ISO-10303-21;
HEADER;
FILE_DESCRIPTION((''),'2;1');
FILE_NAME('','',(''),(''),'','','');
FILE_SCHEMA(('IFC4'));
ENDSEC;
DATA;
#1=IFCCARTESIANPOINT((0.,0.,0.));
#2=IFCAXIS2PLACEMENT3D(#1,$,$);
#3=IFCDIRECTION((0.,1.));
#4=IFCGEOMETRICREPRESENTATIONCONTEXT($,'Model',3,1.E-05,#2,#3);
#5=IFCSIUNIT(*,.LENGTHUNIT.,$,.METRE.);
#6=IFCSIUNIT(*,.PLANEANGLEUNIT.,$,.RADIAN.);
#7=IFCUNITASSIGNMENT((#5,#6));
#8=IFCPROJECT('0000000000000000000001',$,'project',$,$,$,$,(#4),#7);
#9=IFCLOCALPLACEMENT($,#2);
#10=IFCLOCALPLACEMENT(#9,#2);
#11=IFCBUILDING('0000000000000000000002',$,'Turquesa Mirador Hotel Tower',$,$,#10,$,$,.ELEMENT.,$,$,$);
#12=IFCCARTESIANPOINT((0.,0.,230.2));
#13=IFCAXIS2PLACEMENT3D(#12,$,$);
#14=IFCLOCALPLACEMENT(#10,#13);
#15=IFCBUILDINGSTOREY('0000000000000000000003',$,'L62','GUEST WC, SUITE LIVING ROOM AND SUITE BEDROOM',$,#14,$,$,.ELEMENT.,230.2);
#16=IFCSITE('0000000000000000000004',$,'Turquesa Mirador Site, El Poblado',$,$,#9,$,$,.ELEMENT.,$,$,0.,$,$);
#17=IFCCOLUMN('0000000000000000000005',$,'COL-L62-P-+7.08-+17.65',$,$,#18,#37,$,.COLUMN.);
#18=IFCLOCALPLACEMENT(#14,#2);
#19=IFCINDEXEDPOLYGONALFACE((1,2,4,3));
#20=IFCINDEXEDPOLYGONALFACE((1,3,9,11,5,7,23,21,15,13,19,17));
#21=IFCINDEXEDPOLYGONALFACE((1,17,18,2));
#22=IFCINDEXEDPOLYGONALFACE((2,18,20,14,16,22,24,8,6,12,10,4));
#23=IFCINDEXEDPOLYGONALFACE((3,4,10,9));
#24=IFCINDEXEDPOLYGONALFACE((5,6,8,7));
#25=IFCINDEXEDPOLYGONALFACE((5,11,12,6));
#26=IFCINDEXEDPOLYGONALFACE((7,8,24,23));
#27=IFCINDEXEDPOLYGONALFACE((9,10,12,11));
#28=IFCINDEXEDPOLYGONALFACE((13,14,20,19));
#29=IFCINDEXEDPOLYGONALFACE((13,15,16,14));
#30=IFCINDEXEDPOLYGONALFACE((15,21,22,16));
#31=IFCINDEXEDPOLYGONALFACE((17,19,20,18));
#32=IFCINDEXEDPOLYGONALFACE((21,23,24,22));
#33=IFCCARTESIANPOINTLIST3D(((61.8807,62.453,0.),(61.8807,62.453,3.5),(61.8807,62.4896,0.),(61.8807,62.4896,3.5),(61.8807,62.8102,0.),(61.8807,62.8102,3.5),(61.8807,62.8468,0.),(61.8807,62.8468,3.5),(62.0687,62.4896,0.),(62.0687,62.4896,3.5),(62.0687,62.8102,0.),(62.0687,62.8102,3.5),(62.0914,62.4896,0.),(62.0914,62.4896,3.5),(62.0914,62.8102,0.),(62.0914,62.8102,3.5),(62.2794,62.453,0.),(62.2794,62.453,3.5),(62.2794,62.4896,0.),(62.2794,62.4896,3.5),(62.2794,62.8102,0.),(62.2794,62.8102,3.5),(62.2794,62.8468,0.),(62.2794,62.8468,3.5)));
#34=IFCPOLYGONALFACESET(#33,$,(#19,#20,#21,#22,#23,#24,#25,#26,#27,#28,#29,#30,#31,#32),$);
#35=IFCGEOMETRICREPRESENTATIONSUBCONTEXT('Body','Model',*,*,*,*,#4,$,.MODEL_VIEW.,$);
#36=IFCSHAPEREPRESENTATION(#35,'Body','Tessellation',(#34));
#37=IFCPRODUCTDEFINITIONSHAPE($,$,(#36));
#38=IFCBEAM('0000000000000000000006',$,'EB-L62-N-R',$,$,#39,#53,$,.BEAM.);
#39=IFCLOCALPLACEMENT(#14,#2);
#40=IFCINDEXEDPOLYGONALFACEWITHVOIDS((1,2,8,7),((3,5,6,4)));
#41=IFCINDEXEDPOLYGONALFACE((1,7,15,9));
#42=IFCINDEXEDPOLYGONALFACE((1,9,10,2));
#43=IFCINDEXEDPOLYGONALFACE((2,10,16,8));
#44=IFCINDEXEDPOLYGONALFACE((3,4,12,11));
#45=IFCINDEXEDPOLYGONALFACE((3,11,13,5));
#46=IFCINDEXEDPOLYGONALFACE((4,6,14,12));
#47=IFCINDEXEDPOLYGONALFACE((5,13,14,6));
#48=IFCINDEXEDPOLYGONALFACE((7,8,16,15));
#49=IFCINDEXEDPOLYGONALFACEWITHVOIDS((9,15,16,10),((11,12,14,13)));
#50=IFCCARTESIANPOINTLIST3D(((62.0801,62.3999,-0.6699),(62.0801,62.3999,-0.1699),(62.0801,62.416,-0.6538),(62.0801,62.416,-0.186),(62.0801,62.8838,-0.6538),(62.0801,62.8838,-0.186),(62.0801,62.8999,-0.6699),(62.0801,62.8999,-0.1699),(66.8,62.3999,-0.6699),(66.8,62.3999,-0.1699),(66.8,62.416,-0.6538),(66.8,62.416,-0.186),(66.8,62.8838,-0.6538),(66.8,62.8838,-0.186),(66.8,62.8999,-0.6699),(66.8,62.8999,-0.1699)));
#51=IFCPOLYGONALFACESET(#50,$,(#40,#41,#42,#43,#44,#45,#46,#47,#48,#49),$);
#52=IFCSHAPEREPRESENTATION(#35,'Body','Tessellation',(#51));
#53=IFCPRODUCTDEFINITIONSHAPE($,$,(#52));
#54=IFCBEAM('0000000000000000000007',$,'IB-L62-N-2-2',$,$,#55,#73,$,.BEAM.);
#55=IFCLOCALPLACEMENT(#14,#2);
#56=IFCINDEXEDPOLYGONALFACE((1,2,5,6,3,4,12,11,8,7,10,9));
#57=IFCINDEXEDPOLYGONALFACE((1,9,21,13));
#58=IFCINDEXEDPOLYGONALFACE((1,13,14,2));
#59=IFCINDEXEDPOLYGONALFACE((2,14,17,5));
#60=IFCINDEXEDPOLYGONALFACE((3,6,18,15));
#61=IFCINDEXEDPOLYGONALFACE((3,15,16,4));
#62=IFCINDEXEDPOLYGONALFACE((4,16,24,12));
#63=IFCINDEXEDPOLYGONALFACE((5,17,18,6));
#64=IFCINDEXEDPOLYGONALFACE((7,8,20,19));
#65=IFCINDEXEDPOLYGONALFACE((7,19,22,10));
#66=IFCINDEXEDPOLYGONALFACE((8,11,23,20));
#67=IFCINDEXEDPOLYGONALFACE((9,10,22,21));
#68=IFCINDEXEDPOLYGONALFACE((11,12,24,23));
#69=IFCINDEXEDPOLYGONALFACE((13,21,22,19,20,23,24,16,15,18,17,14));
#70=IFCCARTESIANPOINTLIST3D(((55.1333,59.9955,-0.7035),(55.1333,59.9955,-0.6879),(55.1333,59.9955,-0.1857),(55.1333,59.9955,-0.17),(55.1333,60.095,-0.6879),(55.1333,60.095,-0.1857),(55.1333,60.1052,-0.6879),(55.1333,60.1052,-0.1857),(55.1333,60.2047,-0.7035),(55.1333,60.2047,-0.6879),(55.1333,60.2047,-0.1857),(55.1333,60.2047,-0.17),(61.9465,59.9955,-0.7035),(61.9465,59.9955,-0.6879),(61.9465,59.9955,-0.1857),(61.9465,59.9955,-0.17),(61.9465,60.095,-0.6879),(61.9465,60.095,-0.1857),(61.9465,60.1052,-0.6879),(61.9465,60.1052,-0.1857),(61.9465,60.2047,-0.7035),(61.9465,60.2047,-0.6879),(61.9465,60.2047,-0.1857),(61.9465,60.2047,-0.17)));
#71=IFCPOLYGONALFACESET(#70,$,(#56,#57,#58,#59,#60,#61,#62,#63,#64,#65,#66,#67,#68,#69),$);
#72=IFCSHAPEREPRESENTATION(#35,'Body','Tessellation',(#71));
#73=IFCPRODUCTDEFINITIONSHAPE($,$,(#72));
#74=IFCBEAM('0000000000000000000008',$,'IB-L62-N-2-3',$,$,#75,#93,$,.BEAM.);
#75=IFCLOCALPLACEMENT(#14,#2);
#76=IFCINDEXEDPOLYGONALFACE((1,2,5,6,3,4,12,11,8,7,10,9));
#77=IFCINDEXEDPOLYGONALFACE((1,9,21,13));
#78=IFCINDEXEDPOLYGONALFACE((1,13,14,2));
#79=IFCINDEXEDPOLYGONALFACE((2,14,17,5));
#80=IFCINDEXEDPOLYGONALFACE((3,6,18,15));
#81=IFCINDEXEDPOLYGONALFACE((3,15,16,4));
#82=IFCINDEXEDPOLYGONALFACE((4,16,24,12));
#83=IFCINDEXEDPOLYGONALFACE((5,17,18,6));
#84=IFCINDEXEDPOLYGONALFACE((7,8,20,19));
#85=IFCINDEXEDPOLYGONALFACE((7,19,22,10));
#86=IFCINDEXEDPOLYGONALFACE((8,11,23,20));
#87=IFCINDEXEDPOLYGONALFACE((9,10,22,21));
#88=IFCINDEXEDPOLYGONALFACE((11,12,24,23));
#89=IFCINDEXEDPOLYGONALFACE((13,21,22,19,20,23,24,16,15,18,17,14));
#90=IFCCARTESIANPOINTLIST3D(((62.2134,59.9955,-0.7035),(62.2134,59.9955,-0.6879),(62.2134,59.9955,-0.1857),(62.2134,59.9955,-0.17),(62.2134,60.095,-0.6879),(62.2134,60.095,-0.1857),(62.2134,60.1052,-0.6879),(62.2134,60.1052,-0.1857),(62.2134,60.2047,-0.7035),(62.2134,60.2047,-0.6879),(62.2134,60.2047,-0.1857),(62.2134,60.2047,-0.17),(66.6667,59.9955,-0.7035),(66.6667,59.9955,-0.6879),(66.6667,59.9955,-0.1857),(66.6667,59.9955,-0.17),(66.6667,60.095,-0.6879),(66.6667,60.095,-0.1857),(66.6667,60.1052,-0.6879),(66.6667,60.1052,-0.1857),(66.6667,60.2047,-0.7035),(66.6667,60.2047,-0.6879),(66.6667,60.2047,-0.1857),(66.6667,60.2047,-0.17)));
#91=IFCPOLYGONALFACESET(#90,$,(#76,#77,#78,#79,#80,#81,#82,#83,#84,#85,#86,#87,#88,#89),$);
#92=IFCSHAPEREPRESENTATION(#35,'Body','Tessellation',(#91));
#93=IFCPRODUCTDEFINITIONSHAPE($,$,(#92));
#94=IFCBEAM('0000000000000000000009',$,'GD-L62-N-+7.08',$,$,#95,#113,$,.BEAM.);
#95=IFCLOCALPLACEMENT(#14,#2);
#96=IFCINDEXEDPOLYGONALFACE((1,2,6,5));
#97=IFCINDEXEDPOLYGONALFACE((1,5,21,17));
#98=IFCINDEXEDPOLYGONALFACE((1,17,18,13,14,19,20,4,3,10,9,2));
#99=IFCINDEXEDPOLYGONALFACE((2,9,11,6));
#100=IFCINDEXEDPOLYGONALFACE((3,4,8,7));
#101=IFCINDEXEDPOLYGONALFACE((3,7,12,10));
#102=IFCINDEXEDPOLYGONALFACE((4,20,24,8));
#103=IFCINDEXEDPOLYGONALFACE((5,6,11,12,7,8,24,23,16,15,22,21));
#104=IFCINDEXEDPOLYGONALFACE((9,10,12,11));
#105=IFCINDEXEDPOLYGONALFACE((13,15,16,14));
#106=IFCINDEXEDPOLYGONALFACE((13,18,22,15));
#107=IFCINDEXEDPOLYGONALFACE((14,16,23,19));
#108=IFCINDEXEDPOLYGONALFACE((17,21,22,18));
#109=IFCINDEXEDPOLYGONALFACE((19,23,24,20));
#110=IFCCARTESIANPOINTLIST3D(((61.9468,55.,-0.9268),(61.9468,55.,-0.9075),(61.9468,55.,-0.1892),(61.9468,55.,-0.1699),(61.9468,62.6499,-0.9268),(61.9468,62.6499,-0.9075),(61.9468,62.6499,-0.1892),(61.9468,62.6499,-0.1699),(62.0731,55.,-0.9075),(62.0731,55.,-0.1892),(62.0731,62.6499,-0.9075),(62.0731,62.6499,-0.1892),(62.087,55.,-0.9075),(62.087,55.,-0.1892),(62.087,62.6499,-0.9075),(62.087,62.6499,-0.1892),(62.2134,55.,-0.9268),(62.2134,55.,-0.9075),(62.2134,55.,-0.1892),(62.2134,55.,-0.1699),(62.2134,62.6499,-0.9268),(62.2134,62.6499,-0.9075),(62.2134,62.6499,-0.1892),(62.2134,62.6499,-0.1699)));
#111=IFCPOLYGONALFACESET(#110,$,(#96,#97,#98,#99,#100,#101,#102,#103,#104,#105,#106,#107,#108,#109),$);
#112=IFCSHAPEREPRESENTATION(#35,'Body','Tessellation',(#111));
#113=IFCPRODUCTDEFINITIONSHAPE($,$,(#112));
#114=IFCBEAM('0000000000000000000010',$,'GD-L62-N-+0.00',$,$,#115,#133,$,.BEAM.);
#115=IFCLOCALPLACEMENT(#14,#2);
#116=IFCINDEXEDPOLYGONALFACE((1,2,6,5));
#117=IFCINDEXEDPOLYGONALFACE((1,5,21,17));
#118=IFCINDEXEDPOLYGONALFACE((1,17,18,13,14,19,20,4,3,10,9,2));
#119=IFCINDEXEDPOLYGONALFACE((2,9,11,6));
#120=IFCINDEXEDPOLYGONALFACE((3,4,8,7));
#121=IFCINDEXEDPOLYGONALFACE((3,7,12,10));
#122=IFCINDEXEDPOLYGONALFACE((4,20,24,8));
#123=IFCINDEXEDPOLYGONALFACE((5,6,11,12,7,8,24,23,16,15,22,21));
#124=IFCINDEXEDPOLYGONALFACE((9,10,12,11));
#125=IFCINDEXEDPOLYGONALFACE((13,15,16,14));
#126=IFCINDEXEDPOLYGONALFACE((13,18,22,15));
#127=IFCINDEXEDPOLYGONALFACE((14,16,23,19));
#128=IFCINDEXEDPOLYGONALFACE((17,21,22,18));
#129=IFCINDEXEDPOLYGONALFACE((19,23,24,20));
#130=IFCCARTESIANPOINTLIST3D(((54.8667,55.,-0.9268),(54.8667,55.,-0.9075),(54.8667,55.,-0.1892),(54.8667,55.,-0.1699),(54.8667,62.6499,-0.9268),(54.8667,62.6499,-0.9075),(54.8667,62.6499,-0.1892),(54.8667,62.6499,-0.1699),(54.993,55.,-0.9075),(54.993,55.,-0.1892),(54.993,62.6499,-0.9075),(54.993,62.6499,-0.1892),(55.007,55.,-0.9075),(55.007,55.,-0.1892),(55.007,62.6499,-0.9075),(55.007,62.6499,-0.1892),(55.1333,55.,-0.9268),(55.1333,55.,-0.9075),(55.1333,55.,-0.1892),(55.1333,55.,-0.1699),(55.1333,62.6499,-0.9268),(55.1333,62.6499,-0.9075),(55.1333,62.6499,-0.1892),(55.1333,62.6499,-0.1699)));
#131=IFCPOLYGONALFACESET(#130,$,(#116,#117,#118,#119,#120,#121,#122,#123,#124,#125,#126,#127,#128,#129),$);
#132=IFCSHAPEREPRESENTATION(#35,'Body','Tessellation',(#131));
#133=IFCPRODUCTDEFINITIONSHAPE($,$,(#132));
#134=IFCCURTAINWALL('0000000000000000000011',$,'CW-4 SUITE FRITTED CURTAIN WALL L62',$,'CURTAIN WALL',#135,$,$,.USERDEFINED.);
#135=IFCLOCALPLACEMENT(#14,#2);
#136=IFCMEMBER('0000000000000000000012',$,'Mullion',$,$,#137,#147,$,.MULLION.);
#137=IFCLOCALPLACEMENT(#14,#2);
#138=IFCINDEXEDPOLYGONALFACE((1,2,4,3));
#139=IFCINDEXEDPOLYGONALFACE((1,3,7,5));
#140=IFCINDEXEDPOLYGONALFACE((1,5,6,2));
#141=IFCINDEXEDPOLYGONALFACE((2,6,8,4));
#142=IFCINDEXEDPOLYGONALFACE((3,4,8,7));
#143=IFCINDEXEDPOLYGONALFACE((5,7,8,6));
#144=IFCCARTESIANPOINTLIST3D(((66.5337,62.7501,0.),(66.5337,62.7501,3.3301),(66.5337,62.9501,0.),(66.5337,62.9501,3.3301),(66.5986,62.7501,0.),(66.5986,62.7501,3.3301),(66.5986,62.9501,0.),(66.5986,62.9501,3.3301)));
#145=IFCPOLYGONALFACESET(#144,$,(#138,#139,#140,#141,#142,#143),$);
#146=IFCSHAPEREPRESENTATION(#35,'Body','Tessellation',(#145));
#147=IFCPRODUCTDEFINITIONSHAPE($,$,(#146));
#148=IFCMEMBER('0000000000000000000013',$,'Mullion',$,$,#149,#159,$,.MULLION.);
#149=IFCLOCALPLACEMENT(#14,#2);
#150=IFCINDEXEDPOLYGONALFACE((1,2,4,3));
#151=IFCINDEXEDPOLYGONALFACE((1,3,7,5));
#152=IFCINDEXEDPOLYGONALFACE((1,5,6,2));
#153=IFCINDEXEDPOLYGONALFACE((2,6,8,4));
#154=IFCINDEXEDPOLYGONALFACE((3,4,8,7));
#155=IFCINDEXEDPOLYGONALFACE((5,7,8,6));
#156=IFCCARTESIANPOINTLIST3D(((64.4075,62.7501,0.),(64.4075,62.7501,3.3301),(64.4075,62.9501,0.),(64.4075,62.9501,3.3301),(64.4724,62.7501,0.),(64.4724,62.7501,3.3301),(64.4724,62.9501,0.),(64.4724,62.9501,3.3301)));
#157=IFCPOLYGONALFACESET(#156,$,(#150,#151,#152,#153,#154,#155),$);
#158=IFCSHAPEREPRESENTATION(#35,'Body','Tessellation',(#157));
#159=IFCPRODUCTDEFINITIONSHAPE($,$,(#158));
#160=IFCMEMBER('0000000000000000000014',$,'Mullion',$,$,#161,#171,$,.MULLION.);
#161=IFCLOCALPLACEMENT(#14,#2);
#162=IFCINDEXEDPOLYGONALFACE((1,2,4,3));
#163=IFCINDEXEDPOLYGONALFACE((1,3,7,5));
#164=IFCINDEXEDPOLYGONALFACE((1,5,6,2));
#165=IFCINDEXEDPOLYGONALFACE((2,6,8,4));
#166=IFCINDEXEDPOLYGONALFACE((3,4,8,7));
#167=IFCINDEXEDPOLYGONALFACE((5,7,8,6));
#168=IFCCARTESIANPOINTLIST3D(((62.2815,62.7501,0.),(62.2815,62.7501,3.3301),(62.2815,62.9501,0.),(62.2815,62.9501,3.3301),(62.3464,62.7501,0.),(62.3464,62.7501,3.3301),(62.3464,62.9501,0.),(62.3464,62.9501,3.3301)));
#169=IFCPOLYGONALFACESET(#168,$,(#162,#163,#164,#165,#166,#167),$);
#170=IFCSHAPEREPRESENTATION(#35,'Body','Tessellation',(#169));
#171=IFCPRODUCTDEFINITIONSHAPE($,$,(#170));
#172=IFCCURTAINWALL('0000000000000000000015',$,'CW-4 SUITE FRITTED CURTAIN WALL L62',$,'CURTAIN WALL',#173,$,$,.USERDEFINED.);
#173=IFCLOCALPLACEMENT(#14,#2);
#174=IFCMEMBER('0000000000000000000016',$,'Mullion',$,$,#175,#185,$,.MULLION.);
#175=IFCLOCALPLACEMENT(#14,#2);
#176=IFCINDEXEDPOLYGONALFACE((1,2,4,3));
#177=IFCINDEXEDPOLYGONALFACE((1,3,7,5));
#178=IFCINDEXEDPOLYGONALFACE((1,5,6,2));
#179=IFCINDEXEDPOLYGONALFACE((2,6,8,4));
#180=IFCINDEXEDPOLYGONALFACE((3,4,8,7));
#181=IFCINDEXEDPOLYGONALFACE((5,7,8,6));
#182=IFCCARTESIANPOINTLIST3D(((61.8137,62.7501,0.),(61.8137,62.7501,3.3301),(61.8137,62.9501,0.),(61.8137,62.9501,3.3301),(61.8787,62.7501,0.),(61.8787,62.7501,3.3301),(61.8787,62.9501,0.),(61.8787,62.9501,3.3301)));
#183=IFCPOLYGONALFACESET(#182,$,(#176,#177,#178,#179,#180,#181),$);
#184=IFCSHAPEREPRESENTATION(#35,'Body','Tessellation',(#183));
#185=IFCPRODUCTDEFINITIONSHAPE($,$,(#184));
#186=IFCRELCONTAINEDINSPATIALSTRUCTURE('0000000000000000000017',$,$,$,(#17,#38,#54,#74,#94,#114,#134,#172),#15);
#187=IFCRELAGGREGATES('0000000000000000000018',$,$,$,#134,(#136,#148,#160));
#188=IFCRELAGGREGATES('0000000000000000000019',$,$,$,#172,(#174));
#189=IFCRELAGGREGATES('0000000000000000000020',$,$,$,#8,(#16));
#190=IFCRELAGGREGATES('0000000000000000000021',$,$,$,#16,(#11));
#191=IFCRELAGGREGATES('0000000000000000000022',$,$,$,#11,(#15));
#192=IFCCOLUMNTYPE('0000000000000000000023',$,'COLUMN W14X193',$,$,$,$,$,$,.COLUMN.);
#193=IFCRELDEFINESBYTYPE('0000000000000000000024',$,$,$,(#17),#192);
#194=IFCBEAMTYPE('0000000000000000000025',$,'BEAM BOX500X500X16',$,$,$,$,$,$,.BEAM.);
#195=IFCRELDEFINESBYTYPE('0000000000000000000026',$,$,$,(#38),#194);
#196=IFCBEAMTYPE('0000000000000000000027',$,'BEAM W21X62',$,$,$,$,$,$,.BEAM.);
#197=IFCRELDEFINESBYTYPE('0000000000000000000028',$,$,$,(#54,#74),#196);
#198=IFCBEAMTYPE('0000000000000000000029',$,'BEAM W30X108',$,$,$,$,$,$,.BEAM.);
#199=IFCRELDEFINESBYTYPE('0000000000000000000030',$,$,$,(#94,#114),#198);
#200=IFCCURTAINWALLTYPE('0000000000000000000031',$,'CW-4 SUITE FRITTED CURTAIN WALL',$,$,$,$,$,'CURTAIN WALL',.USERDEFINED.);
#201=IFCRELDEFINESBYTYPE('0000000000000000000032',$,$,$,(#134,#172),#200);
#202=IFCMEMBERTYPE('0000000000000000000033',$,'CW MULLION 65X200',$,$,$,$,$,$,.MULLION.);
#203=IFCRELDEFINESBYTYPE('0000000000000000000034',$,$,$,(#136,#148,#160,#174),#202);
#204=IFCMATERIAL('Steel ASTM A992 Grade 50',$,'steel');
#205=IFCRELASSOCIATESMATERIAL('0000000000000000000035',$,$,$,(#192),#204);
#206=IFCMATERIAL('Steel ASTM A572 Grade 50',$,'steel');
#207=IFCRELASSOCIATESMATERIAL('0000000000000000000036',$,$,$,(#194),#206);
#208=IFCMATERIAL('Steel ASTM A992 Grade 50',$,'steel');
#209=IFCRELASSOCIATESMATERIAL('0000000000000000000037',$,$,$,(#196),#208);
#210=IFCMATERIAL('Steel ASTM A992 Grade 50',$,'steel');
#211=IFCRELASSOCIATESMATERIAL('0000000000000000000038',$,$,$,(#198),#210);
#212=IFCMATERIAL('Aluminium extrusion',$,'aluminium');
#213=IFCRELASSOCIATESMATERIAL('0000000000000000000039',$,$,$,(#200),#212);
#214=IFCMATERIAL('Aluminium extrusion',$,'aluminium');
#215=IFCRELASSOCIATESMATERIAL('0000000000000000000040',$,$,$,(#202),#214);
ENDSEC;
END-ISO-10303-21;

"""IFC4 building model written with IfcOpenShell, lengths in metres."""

from ifc_helpers import new_model, si_unit, direction, frame, origin, origin_2d, place, context, subcontext, project, spatial, rectangle, hollow_rectangle, i_section, extrude, material, material_profile, profile_set, type_object, element, aggregate, save


model = new_model("IFC4")

# Units and contexts
model_context = context("Model", 3, precision=1e-05, world=origin(), true_north=direction((0.0, 1.0)))
body_context = subcontext(model_context, "Body", "Model", "MODEL_VIEW")
ifc_project = project(units=[si_unit("LENGTHUNIT", "METRE"), si_unit("PLANEANGLEUNIT", "RADIAN")], contexts=[model_context])

# Site, building, storey
site_placement = place(None, origin())
site = spatial("IfcSite", under=ifc_project, at=site_placement, Name="Turquesa Mirador Site, El Poblado", CompositionType="ELEMENT", RefElevation=0.0)
building_placement = place(site_placement, origin())
building = spatial("IfcBuilding", under=site, at=building_placement, Name="Turquesa Mirador Hotel Tower", CompositionType="ELEMENT")
storey_placement = place(building_placement, frame((0.0, 0.0, 230.2)))
storey = spatial("IfcBuildingStorey", under=building, at=storey_placement, Name="L62", Description="GUEST WC, SUITE LIVING ROOM AND SUITE BEDROOM", CompositionType="ELEMENT", Elevation=230.2)

# Column
ifc_material_1 = material(Name="Steel ASTM A992 Grade 50", Category="steel")
ifc_material_profile_1 = material_profile(ifc_material_1, i_section(OverallWidth=0.3987, OverallDepth=0.3938, WebThickness=0.0227, FlangeThickness=0.0366, at=origin_2d()), Name="W14X193")
ifc_profile_set_1 = profile_set([ifc_material_profile_1], Name="Steel ASTM A992 Grade 50")
column_type = type_object("IfcColumnType", Name="COLUMN W14X193", PredefinedType="COLUMN", material=ifc_profile_set_1)
column_placement = place(storey_placement, frame((62.0801, 62.6499, 0.0), z_axis=(0.0, 0.0, 1.0), x_axis=(1.0, 0.0, 0.0)))
element("IfcColumn", 1, at=column_placement, inside=storey, type_object=column_type, Name="COL-L62-P-+7.08-+17.65", PredefinedType="COLUMN", context=body_context, shape_type="SweptSolid", body=[
    extrude(i_section(OverallWidth=0.3987, OverallDepth=0.3938, WebThickness=0.0227, FlangeThickness=0.0366, at=origin_2d()), origin(), (0.0, 0.0, 1.0), 3.5),
])

# Beams
ifc_material_2 = material(Name="Steel ASTM A572 Grade 50", Category="steel")
ifc_material_profile_2 = material_profile(ifc_material_2, hollow_rectangle(XDim=0.5, YDim=0.5, WallThickness=0.0161, at=origin_2d()), Name="BOX500X500X16")
ifc_profile_set_2 = profile_set([ifc_material_profile_2], Name="Steel ASTM A572 Grade 50")
beam_type_1 = type_object("IfcBeamType", Name="BEAM BOX500X500X16", PredefinedType="BEAM", material=ifc_profile_set_2)
beam_1_placement = place(storey_placement, frame((62.0801, 62.6499, -0.4199), z_axis=(1.0, 0.0, 0.0), x_axis=(0.0, 1.0, 0.0)))
element("IfcBeam", 2, at=beam_1_placement, inside=storey, type_object=beam_type_1, Name="EB-L62-N-R", PredefinedType="BEAM", context=body_context, shape_type="SweptSolid", body=[
    extrude(hollow_rectangle(XDim=0.5, YDim=0.5, WallThickness=0.0161, at=origin_2d()), origin(), (0.0, 0.0, 1.0), 4.72),
])
ifc_material_3 = material(Name="Steel ASTM A992 Grade 50", Category="steel")
ifc_material_profile_3 = material_profile(ifc_material_3, i_section(OverallWidth=0.2092, OverallDepth=0.5334, WebThickness=0.0103, FlangeThickness=0.0156, at=origin_2d()), Name="W21X62")
ifc_profile_set_3 = profile_set([ifc_material_profile_3], Name="Steel ASTM A992 Grade 50")
beam_type_2 = type_object("IfcBeamType", Name="BEAM W21X62", PredefinedType="BEAM", material=ifc_profile_set_3)
beam_2_placement = place(storey_placement, frame((55.1333, 60.1001, -0.4368), z_axis=(1.0, 0.0, 0.0), x_axis=(0.0, 1.0, 0.0)))
element("IfcBeam", 3, at=beam_2_placement, inside=storey, type_object=beam_type_2, Name="IB-L62-N-2-2", PredefinedType="BEAM", context=body_context, shape_type="SweptSolid", body=[
    extrude(i_section(OverallWidth=0.2092, OverallDepth=0.5334, WebThickness=0.0103, FlangeThickness=0.0156, at=origin_2d()), origin(), (0.0, 0.0, 1.0), 6.8132),
])
beam_3_placement = place(storey_placement, frame((62.2134, 60.1001, -0.4368), z_axis=(1.0, 0.0, 0.0), x_axis=(0.0, 1.0, 0.0)))
element("IfcBeam", 4, at=beam_3_placement, inside=storey, type_object=beam_type_2, Name="IB-L62-N-2-3", PredefinedType="BEAM", context=body_context, shape_type="SweptSolid", body=[
    extrude(i_section(OverallWidth=0.2092, OverallDepth=0.5334, WebThickness=0.0103, FlangeThickness=0.0156, at=origin_2d()), origin(), (0.0, 0.0, 1.0), 4.4534),
])
ifc_material_4 = material(Name="Steel ASTM A992 Grade 50", Category="steel")
ifc_material_profile_4 = material_profile(ifc_material_4, i_section(OverallWidth=0.2666, OverallDepth=0.7568, WebThickness=0.0139, FlangeThickness=0.0193, at=origin_2d()), Name="W30X108")
ifc_profile_set_4 = profile_set([ifc_material_profile_4], Name="Steel ASTM A992 Grade 50")
beam_type_3 = type_object("IfcBeamType", Name="BEAM W30X108", PredefinedType="BEAM", material=ifc_profile_set_4)
for number, where, z_axis, x_axis, name in (
    (5, (62.0801, 62.6499, -0.5483), (0.0, -1.0, 0.0), (1.0, 0.0, 0.0), "GD-L62-N-+7.08"),
    (6, (55.0, 62.6499, -0.5483), (0.0, -1.0, 0.0), (1.0, 0.0, 0.0), "GD-L62-N-+0.00"),
):
    element("IfcBeam", number, at=place(storey_placement, frame(where, z_axis=z_axis, x_axis=x_axis)), inside=storey, type_object=beam_type_3, Name=name, PredefinedType="BEAM", context=body_context, shape_type="SweptSolid", body=[
        extrude(i_section(OverallWidth=0.2666, OverallDepth=0.7568, WebThickness=0.0139, FlangeThickness=0.0193, at=origin_2d()), origin(), (0.0, 0.0, 1.0), 7.6499),
    ])

# Curtain walls, members
ifc_material_5 = material(Name="Aluminium extrusion", Category="aluminium")
curtain_wall_type = type_object("IfcCurtainWallType", Name="CW-4 SUITE FRITTED CURTAIN WALL", ElementType="CURTAIN WALL", PredefinedType="USERDEFINED", material=ifc_material_5)
curtain_wall_1_placement = place(storey_placement, origin())
curtain_wall_1 = element("IfcCurtainWall", 7, at=curtain_wall_1_placement, inside=storey, type_object=curtain_wall_type, Name="CW-4 SUITE FRITTED CURTAIN WALL L62", ObjectType="CURTAIN WALL", PredefinedType="USERDEFINED")
ifc_material_6 = material(Name="Aluminium extrusion", Category="aluminium")
ifc_material_profile_5 = material_profile(ifc_material_6, rectangle(XDim=0.0649, YDim=0.2, at=origin_2d()), Name="MULLION 65X200")
ifc_profile_set_5 = profile_set([ifc_material_profile_5], Name="Aluminium extrusion")
member_type_1 = type_object("IfcMemberType", Name="CW MULLION 65X200", PredefinedType="MULLION", material=ifc_profile_set_5)
member_1_placement = place(storey_placement, frame((66.5662, 62.8501, 0.0), z_axis=(0.0, 0.0, 1.0), x_axis=(-1.0, 0.0, 0.0)))
member_1 = element("IfcMember", 8, at=member_1_placement, type_object=member_type_1, Name="Mullion", PredefinedType="MULLION", context=body_context, shape_type="SweptSolid", body=[
    extrude(rectangle(XDim=0.0649, YDim=0.2, at=origin_2d()), origin(), (0.0, 0.0, 1.0), 3.3301),
])
member_2_placement = place(storey_placement, frame((64.4399, 62.8501, 0.0), z_axis=(0.0, 0.0, 1.0), x_axis=(-1.0, 0.0, 0.0)))
member_2 = element("IfcMember", 9, at=member_2_placement, type_object=member_type_1, Name="Mullion", PredefinedType="MULLION", context=body_context, shape_type="SweptSolid", body=[
    extrude(rectangle(XDim=0.0649, YDim=0.2, at=origin_2d()), origin(), (0.0, 0.0, 1.0), 3.3301),
])
member_3_placement = place(storey_placement, frame((62.314, 62.8501, 0.0), z_axis=(0.0, 0.0, 1.0), x_axis=(-1.0, 0.0, 0.0)))
member_3 = element("IfcMember", 10, at=member_3_placement, type_object=member_type_1, Name="Mullion", PredefinedType="MULLION", context=body_context, shape_type="SweptSolid", body=[
    extrude(rectangle(XDim=0.0649, YDim=0.2, at=origin_2d()), origin(), (0.0, 0.0, 1.0), 3.3301),
])
curtain_wall_2_placement = place(storey_placement, origin())
curtain_wall_2 = element("IfcCurtainWall", 11, at=curtain_wall_2_placement, inside=storey, type_object=curtain_wall_type, Name="CW-4 SUITE FRITTED CURTAIN WALL L62", ObjectType="CURTAIN WALL", PredefinedType="USERDEFINED")
member_4_placement = place(storey_placement, frame((61.8462, 62.8501, 0.0), z_axis=(0.0, 0.0, 1.0), x_axis=(-1.0, 0.0, 0.0)))
member_4 = element("IfcMember", 12, at=member_4_placement, type_object=member_type_1, Name="Mullion", PredefinedType="MULLION", context=body_context, shape_type="SweptSolid", body=[
    extrude(rectangle(XDim=0.0649, YDim=0.2, at=origin_2d()), origin(), (0.0, 0.0, 1.0), 3.3301),
])

aggregate(curtain_wall_1, [member_1, member_2, member_3])
aggregate(curtain_wall_2, [member_4])

save(model, "model.ifc")
